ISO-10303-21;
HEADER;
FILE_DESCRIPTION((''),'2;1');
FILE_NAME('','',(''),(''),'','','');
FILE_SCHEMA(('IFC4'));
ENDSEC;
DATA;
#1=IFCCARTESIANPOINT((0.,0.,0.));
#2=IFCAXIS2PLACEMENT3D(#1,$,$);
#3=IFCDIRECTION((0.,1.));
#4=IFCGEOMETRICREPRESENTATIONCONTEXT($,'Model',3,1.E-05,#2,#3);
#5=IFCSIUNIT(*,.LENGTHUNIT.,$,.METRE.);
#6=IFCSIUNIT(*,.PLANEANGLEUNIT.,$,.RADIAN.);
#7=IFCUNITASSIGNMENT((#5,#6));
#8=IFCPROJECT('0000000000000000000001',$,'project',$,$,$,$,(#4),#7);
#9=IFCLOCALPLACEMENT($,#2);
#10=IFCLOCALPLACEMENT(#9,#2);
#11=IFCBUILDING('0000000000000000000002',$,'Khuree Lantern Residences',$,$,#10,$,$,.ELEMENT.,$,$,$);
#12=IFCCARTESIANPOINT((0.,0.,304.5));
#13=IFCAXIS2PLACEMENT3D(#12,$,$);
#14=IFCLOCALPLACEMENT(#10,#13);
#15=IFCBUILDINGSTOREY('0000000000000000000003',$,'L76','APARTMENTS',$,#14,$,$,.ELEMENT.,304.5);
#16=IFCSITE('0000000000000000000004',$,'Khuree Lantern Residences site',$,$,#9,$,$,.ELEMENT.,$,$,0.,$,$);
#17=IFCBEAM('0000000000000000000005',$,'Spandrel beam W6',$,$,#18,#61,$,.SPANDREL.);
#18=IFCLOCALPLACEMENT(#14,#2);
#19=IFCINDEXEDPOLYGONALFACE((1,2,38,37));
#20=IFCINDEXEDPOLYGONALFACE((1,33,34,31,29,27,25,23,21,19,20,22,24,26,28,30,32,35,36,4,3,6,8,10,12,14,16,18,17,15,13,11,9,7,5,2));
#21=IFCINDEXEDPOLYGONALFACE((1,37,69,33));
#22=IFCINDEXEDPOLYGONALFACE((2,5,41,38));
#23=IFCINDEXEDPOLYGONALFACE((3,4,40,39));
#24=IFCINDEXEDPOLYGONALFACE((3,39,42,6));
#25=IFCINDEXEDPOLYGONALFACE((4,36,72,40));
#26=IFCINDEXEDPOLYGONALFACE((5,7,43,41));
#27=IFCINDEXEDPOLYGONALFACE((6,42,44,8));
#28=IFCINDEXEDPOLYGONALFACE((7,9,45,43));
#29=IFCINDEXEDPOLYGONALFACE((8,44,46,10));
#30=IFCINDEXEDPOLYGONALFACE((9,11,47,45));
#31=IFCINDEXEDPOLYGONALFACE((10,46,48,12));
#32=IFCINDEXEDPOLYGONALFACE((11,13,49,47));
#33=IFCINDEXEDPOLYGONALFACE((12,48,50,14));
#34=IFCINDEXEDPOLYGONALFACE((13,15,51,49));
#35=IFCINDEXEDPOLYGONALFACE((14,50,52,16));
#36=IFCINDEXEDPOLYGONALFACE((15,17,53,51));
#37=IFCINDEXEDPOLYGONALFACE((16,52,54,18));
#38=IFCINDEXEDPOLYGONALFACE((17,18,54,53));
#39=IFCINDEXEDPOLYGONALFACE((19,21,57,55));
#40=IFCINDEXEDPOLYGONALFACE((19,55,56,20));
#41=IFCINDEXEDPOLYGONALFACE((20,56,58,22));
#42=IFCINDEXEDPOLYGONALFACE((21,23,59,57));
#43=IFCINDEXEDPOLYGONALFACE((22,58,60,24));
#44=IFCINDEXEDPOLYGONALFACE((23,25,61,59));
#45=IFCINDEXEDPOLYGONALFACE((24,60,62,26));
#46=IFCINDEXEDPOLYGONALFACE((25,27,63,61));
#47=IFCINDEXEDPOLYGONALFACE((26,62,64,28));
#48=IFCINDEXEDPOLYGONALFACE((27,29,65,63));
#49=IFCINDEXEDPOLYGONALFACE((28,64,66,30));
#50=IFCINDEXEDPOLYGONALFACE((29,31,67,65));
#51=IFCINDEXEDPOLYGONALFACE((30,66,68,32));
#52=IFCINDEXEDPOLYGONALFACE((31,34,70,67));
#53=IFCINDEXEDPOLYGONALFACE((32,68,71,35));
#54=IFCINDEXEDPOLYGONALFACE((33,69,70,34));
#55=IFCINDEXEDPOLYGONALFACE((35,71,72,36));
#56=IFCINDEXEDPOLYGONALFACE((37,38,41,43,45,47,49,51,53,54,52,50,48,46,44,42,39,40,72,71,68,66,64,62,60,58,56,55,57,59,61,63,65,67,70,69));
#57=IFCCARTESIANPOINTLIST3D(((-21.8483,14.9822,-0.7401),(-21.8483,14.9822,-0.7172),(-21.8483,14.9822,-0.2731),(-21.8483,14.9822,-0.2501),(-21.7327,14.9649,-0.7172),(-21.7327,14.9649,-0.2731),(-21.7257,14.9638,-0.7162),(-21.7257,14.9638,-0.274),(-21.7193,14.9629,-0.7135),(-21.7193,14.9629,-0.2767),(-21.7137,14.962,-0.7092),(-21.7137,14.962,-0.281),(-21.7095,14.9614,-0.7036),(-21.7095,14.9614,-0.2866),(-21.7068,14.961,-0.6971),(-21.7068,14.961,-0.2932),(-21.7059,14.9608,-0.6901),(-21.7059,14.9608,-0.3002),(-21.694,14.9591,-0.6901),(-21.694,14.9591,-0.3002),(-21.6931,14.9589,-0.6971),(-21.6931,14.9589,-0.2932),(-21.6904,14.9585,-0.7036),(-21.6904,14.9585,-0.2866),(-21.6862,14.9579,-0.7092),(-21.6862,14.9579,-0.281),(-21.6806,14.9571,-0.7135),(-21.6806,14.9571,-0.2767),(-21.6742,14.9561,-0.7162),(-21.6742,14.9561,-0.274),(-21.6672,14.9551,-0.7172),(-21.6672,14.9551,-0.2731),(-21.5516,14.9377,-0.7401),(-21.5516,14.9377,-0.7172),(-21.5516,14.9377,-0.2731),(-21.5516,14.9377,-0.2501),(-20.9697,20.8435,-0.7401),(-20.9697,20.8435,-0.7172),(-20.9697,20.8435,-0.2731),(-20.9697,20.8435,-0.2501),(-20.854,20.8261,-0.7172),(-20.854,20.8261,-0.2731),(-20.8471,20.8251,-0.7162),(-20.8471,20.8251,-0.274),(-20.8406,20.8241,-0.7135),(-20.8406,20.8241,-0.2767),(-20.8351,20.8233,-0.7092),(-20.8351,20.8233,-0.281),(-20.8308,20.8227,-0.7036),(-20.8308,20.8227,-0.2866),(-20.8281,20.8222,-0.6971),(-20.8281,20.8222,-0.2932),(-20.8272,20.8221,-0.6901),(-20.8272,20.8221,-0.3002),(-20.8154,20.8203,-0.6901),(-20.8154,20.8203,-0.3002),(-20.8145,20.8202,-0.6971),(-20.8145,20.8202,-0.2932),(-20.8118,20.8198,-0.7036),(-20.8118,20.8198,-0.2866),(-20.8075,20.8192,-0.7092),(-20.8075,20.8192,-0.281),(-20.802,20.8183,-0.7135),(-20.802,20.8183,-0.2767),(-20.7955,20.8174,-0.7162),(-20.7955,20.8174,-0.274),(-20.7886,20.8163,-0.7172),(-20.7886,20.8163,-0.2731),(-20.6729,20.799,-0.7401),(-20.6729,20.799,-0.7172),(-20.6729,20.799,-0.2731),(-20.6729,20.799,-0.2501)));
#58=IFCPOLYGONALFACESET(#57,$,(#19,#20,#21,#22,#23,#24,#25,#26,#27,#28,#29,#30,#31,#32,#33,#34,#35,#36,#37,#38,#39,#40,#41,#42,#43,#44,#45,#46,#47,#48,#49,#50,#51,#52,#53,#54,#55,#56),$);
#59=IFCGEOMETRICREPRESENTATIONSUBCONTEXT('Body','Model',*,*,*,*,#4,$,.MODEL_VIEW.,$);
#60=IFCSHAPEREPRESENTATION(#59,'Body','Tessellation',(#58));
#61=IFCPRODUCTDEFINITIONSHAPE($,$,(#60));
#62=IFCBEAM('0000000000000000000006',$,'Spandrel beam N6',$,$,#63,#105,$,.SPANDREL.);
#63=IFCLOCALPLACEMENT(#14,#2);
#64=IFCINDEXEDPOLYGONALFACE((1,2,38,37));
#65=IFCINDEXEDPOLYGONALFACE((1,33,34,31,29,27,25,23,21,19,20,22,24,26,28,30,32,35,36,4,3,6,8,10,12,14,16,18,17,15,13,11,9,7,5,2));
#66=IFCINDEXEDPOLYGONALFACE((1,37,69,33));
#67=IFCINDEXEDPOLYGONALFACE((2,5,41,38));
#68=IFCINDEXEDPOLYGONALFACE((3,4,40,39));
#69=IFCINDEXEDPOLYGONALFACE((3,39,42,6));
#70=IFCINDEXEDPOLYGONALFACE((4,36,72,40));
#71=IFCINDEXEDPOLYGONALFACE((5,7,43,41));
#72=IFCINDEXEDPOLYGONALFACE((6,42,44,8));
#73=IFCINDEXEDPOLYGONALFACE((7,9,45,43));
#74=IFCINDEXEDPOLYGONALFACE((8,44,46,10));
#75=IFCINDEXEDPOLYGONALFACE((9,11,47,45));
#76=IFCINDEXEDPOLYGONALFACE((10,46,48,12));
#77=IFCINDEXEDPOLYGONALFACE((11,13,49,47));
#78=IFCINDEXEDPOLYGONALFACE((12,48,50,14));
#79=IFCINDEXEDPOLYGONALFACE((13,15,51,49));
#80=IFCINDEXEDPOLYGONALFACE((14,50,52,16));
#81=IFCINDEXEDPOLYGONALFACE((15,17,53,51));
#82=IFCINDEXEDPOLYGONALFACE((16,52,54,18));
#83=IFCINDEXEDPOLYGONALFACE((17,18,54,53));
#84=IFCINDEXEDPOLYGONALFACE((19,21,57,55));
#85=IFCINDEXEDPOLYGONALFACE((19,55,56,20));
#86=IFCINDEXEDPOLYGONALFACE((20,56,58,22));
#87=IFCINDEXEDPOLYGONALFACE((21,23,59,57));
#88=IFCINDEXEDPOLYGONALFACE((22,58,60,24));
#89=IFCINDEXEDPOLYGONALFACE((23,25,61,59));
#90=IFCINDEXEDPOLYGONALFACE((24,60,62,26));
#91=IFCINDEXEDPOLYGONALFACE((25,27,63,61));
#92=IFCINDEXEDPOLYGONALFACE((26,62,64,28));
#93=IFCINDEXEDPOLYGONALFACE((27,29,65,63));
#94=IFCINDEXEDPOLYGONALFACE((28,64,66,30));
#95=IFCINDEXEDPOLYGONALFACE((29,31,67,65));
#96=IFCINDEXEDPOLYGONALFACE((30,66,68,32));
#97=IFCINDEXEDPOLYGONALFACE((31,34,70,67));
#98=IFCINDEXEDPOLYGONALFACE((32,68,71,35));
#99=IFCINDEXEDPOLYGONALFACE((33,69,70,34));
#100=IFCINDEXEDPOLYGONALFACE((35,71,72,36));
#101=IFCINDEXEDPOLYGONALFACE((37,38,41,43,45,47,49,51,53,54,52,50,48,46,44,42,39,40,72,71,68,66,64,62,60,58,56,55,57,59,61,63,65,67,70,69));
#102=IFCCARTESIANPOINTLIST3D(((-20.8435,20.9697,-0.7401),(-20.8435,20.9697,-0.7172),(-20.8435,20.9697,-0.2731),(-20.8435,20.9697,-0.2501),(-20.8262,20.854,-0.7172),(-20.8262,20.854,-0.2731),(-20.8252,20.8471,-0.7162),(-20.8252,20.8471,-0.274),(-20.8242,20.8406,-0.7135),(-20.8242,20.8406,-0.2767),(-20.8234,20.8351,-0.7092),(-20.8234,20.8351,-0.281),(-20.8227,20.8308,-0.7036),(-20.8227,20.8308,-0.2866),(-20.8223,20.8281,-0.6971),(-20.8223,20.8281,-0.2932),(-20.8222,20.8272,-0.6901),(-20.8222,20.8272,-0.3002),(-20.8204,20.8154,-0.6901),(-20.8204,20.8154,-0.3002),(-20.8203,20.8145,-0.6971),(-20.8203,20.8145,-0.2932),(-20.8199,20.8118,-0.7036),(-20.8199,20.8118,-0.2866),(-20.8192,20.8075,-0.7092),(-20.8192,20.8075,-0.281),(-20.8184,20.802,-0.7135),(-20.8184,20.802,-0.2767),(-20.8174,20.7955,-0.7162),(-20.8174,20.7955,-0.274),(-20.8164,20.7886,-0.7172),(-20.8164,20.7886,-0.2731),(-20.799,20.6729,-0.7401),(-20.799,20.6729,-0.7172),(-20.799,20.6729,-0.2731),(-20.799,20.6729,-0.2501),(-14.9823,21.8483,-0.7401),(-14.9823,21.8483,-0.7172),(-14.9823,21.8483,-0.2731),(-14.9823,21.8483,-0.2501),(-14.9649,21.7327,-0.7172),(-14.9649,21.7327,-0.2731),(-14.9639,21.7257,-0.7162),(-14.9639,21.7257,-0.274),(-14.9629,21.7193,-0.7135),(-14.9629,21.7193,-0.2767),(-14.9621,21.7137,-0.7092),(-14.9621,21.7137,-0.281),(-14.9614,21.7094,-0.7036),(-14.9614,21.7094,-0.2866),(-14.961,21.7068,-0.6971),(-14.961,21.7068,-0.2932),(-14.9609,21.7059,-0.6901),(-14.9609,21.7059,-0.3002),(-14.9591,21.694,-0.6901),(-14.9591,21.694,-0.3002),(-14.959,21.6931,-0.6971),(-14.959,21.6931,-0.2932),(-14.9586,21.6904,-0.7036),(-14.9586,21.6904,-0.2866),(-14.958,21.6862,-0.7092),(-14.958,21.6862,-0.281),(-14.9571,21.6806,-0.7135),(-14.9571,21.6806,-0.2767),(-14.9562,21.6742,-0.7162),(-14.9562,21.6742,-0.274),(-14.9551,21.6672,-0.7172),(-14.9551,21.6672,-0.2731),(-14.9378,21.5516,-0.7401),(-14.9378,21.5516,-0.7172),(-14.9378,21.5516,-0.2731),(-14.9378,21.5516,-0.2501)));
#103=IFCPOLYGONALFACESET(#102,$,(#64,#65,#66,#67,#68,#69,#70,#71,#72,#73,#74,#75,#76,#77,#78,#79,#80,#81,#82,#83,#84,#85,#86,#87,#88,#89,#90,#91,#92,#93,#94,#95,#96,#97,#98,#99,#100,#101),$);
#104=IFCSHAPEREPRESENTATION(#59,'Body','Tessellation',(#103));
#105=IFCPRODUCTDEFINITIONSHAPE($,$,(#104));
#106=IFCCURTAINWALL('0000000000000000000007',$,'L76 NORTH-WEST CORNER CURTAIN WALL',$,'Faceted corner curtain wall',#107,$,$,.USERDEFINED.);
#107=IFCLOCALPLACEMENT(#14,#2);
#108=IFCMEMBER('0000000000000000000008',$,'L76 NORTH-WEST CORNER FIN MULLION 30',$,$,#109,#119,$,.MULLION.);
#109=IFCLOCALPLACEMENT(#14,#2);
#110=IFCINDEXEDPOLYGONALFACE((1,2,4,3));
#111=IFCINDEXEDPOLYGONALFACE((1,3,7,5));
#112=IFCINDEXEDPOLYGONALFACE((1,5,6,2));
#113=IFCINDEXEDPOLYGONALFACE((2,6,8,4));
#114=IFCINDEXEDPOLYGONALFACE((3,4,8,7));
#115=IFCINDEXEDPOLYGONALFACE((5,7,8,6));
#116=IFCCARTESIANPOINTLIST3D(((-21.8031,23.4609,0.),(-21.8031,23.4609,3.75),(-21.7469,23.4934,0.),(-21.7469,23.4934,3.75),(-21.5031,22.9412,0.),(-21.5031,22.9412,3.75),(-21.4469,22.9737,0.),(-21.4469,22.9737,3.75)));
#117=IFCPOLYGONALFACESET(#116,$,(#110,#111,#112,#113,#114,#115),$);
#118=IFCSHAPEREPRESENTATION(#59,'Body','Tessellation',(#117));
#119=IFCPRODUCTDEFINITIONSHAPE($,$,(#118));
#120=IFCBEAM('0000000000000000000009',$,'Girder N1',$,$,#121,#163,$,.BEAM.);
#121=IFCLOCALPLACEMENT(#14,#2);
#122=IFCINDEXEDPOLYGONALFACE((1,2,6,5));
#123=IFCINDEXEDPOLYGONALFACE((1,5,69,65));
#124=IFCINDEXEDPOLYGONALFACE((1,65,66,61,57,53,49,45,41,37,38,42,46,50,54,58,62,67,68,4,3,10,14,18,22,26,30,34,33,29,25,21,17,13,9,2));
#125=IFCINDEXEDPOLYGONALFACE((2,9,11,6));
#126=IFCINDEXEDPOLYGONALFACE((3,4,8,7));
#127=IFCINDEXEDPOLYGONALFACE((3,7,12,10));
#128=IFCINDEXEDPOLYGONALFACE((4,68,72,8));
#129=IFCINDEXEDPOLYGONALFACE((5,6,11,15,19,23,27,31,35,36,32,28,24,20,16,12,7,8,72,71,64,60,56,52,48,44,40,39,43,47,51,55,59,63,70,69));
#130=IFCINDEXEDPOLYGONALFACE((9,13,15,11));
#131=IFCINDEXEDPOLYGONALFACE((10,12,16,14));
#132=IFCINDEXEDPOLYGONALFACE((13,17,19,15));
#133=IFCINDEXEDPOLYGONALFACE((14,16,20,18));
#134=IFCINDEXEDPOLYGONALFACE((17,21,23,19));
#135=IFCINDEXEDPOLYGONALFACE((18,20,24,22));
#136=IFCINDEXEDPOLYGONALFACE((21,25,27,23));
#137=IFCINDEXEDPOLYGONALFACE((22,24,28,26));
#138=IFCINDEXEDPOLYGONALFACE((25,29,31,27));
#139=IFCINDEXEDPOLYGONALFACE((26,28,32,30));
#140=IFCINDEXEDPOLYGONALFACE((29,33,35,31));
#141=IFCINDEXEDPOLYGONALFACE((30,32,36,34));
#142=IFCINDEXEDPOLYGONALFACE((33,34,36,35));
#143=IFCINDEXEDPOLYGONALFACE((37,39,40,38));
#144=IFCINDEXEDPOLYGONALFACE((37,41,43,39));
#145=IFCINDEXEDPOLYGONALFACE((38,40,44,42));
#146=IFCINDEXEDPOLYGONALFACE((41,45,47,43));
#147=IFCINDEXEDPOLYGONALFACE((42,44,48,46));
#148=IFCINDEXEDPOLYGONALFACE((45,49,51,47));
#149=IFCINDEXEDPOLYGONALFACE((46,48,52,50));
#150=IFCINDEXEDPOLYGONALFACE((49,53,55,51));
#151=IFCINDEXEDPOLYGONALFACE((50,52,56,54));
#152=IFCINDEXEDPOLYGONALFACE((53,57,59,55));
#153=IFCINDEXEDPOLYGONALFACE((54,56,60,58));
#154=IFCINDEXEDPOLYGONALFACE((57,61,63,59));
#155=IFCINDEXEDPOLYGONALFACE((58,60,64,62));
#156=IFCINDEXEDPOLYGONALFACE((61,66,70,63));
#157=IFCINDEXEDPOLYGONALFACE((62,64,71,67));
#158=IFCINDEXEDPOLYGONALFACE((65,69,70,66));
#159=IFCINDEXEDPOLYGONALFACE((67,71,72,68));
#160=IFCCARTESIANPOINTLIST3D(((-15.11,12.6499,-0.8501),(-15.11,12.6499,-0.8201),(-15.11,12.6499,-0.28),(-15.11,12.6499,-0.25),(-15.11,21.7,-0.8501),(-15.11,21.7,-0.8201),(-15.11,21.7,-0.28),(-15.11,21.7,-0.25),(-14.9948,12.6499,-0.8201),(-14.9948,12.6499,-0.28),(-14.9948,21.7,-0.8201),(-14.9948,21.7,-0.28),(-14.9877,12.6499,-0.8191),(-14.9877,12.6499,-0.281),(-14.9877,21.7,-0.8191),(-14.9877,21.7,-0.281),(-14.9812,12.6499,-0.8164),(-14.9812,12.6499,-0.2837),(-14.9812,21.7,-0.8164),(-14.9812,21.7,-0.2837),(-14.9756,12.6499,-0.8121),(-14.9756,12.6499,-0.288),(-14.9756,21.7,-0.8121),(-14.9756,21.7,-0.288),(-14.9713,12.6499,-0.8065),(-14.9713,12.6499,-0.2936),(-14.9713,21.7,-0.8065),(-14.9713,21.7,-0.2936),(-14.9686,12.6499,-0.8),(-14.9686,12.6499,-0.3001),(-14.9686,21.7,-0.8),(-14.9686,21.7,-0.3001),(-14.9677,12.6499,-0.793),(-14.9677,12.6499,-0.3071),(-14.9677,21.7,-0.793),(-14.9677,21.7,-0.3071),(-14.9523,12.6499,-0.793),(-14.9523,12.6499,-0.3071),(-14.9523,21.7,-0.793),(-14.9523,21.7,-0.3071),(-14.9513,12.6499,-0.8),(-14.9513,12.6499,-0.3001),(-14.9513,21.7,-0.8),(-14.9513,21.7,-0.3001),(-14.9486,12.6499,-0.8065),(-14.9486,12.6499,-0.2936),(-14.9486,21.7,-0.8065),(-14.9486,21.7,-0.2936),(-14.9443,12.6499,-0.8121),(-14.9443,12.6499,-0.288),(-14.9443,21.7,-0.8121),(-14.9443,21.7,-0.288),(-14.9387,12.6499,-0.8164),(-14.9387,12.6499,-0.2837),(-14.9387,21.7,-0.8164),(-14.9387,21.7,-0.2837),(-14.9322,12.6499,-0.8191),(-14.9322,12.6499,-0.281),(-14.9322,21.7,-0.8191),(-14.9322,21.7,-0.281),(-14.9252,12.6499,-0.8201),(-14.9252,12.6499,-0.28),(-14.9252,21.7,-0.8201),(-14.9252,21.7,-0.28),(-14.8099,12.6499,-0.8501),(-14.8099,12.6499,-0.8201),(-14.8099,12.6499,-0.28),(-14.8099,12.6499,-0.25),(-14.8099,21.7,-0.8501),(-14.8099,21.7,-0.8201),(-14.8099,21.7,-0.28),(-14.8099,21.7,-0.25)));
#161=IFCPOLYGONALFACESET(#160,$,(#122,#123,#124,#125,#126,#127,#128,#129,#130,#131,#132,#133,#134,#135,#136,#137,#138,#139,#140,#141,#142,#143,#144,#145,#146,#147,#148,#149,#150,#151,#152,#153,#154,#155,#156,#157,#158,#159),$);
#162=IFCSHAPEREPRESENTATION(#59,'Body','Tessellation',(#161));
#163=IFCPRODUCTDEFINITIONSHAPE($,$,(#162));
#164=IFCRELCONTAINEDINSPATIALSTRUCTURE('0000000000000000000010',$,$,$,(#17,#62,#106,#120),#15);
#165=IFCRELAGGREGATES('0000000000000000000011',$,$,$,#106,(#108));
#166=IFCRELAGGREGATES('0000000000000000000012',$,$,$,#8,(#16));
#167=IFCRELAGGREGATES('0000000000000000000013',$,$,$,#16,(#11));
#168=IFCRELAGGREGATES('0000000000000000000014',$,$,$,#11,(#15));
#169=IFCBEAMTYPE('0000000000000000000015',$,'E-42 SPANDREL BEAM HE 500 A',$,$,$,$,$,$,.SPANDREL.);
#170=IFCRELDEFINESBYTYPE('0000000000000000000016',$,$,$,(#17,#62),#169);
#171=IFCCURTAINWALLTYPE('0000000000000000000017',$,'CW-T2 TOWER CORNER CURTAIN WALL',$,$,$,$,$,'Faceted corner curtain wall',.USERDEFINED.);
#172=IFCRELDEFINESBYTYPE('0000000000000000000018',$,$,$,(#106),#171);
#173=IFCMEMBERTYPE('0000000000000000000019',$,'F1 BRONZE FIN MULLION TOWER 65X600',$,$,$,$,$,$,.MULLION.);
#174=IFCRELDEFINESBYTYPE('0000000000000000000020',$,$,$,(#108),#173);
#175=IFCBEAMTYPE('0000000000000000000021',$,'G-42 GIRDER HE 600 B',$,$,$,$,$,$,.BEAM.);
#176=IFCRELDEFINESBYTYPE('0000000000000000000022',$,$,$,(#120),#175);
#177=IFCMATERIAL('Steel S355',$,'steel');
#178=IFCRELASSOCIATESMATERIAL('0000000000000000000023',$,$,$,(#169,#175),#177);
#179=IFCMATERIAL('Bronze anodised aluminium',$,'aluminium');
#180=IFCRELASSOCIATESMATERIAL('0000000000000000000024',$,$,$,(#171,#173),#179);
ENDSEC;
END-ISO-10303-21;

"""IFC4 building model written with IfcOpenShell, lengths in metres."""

from ifc_helpers import new_model, si_unit, direction, frame, origin, origin_2d, place, context, subcontext, project, spatial, rectangle, i_section, extrude, material, material_profile, profile_set, type_object, element, aggregate, save


model = new_model("IFC4")

# Units and contexts
model_context = context("Model", 3, precision=1e-05, world=origin(), true_north=direction((0.0, 1.0)))
body_context = subcontext(model_context, "Body", "Model", "MODEL_VIEW")
ifc_project = project(units=[si_unit("LENGTHUNIT", "METRE"), si_unit("PLANEANGLEUNIT", "RADIAN")], contexts=[model_context])

# Site, building, storey
site_placement = place(None, origin())
site = spatial("IfcSite", under=ifc_project, at=site_placement, Name="Khuree Lantern Residences site", CompositionType="ELEMENT", RefElevation=0.0)
building_placement = place(site_placement, origin())
building = spatial("IfcBuilding", under=site, at=building_placement, Name="Khuree Lantern Residences", CompositionType="ELEMENT")
storey_placement = place(building_placement, frame((0.0, 0.0, 304.5)))
storey = spatial("IfcBuildingStorey", under=building, at=storey_placement, Name="L76", Description="APARTMENTS", CompositionType="ELEMENT", Elevation=304.5)

# Beams
ifc_material_1 = material(Name="Steel S355", Category="steel")
ifc_material_profile_1 = material_profile(ifc_material_1, i_section(OverallWidth=0.3, OverallDepth=0.49, WebThickness=0.012, FlangeThickness=0.0229, FilletRadius=0.0271, at=origin_2d()), Name="HE 500 A")
ifc_profile_set_1 = profile_set([ifc_material_profile_1], Name="Steel S355")
beam_type_1 = type_object("IfcBeamType", Name="E-42 SPANDREL BEAM HE 500 A", PredefinedType="SPANDREL", material=ifc_profile_set_1)
for number, where, z_axis, x_axis, name in (
    (1, (-21.7, 14.96, -0.4951), (0.148252, 0.98895, 0.0), (-0.98895, 0.148252, 0.0), "Spandrel beam W6"),
    (2, (-20.8213, 20.8213, -0.4951), (0.98895, 0.148252, 0.0), (-0.148252, 0.98895, 0.0), "Spandrel beam N6"),
):
    element("IfcBeam", number, at=place(storey_placement, frame(where, z_axis=z_axis, x_axis=x_axis)), inside=storey, type_object=beam_type_1, Name=name, PredefinedType="SPANDREL", context=body_context, shape_type="SweptSolid", body=[
        extrude(i_section(OverallWidth=0.3, OverallDepth=0.49, WebThickness=0.012, FlangeThickness=0.0229, FilletRadius=0.0271, at=origin_2d()), origin(), (0.0, 0.0, 1.0), 5.9268),
    ])

# Curtain wall, member
ifc_material_2 = material(Name="Bronze anodised aluminium", Category="aluminium")
curtain_wall_type_1 = type_object("IfcCurtainWallType", Name="CW-T2 TOWER CORNER CURTAIN WALL", ElementType="Faceted corner curtain wall", PredefinedType="USERDEFINED", material=ifc_material_2)
curtain_wall_1_placement = place(storey_placement, origin())
curtain_wall_1 = element("IfcCurtainWall", 3, at=curtain_wall_1_placement, inside=storey, type_object=curtain_wall_type_1, Name="L76 NORTH-WEST CORNER CURTAIN WALL", ObjectType="Faceted corner curtain wall", PredefinedType="USERDEFINED")
ifc_material_profile_2 = material_profile(ifc_material_2, rectangle(XDim=0.0649, YDim=0.6001, at=origin_2d()), Name="F1 65X600")
ifc_profile_set_2 = profile_set([ifc_material_profile_2], Name="Bronze anodised aluminium")
member_type_1 = type_object("IfcMemberType", Name="F1 BRONZE FIN MULLION TOWER 65X600", PredefinedType="MULLION", material=ifc_profile_set_2)
member_1_placement = place(storey_placement, frame((-21.625, 23.2173, 0.0), z_axis=(0.0, 0.0, 1.0), x_axis=(-0.866025, -0.5, 0.0)))
member_1 = element("IfcMember", 4, at=member_1_placement, type_object=member_type_1, Name="L76 NORTH-WEST CORNER FIN MULLION 30", PredefinedType="MULLION", context=body_context, shape_type="SweptSolid", body=[
    extrude(rectangle(XDim=0.0649, YDim=0.6001, at=origin_2d()), origin(), (0.0, 0.0, 1.0), 3.75),
])

# Beam
ifc_material_profile_3 = material_profile(ifc_material_1, i_section(OverallWidth=0.3, OverallDepth=0.6001, WebThickness=0.0154, FlangeThickness=0.03, FilletRadius=0.0271, at=origin_2d()), Name="HE 600 B")
ifc_profile_set_3 = profile_set([ifc_material_profile_3], Name="Steel S355")
beam_type_2 = type_object("IfcBeamType", Name="G-42 GIRDER HE 600 B", PredefinedType="BEAM", material=ifc_profile_set_3)
beam_1_placement = place(storey_placement, frame((-14.96, 21.7, -0.55), z_axis=(0.0, -1.0, 0.0), x_axis=(1.0, 0.0, 0.0)))
element("IfcBeam", 5, at=beam_1_placement, inside=storey, type_object=beam_type_2, Name="Girder N1", PredefinedType="BEAM", context=body_context, shape_type="SweptSolid", body=[
    extrude(i_section(OverallWidth=0.3, OverallDepth=0.6001, WebThickness=0.0154, FlangeThickness=0.03, FilletRadius=0.0271, at=origin_2d()), origin(), (0.0, 0.0, 1.0), 9.05),
])

aggregate(curtain_wall_1, [member_1])

save(model, "model.ifc")
